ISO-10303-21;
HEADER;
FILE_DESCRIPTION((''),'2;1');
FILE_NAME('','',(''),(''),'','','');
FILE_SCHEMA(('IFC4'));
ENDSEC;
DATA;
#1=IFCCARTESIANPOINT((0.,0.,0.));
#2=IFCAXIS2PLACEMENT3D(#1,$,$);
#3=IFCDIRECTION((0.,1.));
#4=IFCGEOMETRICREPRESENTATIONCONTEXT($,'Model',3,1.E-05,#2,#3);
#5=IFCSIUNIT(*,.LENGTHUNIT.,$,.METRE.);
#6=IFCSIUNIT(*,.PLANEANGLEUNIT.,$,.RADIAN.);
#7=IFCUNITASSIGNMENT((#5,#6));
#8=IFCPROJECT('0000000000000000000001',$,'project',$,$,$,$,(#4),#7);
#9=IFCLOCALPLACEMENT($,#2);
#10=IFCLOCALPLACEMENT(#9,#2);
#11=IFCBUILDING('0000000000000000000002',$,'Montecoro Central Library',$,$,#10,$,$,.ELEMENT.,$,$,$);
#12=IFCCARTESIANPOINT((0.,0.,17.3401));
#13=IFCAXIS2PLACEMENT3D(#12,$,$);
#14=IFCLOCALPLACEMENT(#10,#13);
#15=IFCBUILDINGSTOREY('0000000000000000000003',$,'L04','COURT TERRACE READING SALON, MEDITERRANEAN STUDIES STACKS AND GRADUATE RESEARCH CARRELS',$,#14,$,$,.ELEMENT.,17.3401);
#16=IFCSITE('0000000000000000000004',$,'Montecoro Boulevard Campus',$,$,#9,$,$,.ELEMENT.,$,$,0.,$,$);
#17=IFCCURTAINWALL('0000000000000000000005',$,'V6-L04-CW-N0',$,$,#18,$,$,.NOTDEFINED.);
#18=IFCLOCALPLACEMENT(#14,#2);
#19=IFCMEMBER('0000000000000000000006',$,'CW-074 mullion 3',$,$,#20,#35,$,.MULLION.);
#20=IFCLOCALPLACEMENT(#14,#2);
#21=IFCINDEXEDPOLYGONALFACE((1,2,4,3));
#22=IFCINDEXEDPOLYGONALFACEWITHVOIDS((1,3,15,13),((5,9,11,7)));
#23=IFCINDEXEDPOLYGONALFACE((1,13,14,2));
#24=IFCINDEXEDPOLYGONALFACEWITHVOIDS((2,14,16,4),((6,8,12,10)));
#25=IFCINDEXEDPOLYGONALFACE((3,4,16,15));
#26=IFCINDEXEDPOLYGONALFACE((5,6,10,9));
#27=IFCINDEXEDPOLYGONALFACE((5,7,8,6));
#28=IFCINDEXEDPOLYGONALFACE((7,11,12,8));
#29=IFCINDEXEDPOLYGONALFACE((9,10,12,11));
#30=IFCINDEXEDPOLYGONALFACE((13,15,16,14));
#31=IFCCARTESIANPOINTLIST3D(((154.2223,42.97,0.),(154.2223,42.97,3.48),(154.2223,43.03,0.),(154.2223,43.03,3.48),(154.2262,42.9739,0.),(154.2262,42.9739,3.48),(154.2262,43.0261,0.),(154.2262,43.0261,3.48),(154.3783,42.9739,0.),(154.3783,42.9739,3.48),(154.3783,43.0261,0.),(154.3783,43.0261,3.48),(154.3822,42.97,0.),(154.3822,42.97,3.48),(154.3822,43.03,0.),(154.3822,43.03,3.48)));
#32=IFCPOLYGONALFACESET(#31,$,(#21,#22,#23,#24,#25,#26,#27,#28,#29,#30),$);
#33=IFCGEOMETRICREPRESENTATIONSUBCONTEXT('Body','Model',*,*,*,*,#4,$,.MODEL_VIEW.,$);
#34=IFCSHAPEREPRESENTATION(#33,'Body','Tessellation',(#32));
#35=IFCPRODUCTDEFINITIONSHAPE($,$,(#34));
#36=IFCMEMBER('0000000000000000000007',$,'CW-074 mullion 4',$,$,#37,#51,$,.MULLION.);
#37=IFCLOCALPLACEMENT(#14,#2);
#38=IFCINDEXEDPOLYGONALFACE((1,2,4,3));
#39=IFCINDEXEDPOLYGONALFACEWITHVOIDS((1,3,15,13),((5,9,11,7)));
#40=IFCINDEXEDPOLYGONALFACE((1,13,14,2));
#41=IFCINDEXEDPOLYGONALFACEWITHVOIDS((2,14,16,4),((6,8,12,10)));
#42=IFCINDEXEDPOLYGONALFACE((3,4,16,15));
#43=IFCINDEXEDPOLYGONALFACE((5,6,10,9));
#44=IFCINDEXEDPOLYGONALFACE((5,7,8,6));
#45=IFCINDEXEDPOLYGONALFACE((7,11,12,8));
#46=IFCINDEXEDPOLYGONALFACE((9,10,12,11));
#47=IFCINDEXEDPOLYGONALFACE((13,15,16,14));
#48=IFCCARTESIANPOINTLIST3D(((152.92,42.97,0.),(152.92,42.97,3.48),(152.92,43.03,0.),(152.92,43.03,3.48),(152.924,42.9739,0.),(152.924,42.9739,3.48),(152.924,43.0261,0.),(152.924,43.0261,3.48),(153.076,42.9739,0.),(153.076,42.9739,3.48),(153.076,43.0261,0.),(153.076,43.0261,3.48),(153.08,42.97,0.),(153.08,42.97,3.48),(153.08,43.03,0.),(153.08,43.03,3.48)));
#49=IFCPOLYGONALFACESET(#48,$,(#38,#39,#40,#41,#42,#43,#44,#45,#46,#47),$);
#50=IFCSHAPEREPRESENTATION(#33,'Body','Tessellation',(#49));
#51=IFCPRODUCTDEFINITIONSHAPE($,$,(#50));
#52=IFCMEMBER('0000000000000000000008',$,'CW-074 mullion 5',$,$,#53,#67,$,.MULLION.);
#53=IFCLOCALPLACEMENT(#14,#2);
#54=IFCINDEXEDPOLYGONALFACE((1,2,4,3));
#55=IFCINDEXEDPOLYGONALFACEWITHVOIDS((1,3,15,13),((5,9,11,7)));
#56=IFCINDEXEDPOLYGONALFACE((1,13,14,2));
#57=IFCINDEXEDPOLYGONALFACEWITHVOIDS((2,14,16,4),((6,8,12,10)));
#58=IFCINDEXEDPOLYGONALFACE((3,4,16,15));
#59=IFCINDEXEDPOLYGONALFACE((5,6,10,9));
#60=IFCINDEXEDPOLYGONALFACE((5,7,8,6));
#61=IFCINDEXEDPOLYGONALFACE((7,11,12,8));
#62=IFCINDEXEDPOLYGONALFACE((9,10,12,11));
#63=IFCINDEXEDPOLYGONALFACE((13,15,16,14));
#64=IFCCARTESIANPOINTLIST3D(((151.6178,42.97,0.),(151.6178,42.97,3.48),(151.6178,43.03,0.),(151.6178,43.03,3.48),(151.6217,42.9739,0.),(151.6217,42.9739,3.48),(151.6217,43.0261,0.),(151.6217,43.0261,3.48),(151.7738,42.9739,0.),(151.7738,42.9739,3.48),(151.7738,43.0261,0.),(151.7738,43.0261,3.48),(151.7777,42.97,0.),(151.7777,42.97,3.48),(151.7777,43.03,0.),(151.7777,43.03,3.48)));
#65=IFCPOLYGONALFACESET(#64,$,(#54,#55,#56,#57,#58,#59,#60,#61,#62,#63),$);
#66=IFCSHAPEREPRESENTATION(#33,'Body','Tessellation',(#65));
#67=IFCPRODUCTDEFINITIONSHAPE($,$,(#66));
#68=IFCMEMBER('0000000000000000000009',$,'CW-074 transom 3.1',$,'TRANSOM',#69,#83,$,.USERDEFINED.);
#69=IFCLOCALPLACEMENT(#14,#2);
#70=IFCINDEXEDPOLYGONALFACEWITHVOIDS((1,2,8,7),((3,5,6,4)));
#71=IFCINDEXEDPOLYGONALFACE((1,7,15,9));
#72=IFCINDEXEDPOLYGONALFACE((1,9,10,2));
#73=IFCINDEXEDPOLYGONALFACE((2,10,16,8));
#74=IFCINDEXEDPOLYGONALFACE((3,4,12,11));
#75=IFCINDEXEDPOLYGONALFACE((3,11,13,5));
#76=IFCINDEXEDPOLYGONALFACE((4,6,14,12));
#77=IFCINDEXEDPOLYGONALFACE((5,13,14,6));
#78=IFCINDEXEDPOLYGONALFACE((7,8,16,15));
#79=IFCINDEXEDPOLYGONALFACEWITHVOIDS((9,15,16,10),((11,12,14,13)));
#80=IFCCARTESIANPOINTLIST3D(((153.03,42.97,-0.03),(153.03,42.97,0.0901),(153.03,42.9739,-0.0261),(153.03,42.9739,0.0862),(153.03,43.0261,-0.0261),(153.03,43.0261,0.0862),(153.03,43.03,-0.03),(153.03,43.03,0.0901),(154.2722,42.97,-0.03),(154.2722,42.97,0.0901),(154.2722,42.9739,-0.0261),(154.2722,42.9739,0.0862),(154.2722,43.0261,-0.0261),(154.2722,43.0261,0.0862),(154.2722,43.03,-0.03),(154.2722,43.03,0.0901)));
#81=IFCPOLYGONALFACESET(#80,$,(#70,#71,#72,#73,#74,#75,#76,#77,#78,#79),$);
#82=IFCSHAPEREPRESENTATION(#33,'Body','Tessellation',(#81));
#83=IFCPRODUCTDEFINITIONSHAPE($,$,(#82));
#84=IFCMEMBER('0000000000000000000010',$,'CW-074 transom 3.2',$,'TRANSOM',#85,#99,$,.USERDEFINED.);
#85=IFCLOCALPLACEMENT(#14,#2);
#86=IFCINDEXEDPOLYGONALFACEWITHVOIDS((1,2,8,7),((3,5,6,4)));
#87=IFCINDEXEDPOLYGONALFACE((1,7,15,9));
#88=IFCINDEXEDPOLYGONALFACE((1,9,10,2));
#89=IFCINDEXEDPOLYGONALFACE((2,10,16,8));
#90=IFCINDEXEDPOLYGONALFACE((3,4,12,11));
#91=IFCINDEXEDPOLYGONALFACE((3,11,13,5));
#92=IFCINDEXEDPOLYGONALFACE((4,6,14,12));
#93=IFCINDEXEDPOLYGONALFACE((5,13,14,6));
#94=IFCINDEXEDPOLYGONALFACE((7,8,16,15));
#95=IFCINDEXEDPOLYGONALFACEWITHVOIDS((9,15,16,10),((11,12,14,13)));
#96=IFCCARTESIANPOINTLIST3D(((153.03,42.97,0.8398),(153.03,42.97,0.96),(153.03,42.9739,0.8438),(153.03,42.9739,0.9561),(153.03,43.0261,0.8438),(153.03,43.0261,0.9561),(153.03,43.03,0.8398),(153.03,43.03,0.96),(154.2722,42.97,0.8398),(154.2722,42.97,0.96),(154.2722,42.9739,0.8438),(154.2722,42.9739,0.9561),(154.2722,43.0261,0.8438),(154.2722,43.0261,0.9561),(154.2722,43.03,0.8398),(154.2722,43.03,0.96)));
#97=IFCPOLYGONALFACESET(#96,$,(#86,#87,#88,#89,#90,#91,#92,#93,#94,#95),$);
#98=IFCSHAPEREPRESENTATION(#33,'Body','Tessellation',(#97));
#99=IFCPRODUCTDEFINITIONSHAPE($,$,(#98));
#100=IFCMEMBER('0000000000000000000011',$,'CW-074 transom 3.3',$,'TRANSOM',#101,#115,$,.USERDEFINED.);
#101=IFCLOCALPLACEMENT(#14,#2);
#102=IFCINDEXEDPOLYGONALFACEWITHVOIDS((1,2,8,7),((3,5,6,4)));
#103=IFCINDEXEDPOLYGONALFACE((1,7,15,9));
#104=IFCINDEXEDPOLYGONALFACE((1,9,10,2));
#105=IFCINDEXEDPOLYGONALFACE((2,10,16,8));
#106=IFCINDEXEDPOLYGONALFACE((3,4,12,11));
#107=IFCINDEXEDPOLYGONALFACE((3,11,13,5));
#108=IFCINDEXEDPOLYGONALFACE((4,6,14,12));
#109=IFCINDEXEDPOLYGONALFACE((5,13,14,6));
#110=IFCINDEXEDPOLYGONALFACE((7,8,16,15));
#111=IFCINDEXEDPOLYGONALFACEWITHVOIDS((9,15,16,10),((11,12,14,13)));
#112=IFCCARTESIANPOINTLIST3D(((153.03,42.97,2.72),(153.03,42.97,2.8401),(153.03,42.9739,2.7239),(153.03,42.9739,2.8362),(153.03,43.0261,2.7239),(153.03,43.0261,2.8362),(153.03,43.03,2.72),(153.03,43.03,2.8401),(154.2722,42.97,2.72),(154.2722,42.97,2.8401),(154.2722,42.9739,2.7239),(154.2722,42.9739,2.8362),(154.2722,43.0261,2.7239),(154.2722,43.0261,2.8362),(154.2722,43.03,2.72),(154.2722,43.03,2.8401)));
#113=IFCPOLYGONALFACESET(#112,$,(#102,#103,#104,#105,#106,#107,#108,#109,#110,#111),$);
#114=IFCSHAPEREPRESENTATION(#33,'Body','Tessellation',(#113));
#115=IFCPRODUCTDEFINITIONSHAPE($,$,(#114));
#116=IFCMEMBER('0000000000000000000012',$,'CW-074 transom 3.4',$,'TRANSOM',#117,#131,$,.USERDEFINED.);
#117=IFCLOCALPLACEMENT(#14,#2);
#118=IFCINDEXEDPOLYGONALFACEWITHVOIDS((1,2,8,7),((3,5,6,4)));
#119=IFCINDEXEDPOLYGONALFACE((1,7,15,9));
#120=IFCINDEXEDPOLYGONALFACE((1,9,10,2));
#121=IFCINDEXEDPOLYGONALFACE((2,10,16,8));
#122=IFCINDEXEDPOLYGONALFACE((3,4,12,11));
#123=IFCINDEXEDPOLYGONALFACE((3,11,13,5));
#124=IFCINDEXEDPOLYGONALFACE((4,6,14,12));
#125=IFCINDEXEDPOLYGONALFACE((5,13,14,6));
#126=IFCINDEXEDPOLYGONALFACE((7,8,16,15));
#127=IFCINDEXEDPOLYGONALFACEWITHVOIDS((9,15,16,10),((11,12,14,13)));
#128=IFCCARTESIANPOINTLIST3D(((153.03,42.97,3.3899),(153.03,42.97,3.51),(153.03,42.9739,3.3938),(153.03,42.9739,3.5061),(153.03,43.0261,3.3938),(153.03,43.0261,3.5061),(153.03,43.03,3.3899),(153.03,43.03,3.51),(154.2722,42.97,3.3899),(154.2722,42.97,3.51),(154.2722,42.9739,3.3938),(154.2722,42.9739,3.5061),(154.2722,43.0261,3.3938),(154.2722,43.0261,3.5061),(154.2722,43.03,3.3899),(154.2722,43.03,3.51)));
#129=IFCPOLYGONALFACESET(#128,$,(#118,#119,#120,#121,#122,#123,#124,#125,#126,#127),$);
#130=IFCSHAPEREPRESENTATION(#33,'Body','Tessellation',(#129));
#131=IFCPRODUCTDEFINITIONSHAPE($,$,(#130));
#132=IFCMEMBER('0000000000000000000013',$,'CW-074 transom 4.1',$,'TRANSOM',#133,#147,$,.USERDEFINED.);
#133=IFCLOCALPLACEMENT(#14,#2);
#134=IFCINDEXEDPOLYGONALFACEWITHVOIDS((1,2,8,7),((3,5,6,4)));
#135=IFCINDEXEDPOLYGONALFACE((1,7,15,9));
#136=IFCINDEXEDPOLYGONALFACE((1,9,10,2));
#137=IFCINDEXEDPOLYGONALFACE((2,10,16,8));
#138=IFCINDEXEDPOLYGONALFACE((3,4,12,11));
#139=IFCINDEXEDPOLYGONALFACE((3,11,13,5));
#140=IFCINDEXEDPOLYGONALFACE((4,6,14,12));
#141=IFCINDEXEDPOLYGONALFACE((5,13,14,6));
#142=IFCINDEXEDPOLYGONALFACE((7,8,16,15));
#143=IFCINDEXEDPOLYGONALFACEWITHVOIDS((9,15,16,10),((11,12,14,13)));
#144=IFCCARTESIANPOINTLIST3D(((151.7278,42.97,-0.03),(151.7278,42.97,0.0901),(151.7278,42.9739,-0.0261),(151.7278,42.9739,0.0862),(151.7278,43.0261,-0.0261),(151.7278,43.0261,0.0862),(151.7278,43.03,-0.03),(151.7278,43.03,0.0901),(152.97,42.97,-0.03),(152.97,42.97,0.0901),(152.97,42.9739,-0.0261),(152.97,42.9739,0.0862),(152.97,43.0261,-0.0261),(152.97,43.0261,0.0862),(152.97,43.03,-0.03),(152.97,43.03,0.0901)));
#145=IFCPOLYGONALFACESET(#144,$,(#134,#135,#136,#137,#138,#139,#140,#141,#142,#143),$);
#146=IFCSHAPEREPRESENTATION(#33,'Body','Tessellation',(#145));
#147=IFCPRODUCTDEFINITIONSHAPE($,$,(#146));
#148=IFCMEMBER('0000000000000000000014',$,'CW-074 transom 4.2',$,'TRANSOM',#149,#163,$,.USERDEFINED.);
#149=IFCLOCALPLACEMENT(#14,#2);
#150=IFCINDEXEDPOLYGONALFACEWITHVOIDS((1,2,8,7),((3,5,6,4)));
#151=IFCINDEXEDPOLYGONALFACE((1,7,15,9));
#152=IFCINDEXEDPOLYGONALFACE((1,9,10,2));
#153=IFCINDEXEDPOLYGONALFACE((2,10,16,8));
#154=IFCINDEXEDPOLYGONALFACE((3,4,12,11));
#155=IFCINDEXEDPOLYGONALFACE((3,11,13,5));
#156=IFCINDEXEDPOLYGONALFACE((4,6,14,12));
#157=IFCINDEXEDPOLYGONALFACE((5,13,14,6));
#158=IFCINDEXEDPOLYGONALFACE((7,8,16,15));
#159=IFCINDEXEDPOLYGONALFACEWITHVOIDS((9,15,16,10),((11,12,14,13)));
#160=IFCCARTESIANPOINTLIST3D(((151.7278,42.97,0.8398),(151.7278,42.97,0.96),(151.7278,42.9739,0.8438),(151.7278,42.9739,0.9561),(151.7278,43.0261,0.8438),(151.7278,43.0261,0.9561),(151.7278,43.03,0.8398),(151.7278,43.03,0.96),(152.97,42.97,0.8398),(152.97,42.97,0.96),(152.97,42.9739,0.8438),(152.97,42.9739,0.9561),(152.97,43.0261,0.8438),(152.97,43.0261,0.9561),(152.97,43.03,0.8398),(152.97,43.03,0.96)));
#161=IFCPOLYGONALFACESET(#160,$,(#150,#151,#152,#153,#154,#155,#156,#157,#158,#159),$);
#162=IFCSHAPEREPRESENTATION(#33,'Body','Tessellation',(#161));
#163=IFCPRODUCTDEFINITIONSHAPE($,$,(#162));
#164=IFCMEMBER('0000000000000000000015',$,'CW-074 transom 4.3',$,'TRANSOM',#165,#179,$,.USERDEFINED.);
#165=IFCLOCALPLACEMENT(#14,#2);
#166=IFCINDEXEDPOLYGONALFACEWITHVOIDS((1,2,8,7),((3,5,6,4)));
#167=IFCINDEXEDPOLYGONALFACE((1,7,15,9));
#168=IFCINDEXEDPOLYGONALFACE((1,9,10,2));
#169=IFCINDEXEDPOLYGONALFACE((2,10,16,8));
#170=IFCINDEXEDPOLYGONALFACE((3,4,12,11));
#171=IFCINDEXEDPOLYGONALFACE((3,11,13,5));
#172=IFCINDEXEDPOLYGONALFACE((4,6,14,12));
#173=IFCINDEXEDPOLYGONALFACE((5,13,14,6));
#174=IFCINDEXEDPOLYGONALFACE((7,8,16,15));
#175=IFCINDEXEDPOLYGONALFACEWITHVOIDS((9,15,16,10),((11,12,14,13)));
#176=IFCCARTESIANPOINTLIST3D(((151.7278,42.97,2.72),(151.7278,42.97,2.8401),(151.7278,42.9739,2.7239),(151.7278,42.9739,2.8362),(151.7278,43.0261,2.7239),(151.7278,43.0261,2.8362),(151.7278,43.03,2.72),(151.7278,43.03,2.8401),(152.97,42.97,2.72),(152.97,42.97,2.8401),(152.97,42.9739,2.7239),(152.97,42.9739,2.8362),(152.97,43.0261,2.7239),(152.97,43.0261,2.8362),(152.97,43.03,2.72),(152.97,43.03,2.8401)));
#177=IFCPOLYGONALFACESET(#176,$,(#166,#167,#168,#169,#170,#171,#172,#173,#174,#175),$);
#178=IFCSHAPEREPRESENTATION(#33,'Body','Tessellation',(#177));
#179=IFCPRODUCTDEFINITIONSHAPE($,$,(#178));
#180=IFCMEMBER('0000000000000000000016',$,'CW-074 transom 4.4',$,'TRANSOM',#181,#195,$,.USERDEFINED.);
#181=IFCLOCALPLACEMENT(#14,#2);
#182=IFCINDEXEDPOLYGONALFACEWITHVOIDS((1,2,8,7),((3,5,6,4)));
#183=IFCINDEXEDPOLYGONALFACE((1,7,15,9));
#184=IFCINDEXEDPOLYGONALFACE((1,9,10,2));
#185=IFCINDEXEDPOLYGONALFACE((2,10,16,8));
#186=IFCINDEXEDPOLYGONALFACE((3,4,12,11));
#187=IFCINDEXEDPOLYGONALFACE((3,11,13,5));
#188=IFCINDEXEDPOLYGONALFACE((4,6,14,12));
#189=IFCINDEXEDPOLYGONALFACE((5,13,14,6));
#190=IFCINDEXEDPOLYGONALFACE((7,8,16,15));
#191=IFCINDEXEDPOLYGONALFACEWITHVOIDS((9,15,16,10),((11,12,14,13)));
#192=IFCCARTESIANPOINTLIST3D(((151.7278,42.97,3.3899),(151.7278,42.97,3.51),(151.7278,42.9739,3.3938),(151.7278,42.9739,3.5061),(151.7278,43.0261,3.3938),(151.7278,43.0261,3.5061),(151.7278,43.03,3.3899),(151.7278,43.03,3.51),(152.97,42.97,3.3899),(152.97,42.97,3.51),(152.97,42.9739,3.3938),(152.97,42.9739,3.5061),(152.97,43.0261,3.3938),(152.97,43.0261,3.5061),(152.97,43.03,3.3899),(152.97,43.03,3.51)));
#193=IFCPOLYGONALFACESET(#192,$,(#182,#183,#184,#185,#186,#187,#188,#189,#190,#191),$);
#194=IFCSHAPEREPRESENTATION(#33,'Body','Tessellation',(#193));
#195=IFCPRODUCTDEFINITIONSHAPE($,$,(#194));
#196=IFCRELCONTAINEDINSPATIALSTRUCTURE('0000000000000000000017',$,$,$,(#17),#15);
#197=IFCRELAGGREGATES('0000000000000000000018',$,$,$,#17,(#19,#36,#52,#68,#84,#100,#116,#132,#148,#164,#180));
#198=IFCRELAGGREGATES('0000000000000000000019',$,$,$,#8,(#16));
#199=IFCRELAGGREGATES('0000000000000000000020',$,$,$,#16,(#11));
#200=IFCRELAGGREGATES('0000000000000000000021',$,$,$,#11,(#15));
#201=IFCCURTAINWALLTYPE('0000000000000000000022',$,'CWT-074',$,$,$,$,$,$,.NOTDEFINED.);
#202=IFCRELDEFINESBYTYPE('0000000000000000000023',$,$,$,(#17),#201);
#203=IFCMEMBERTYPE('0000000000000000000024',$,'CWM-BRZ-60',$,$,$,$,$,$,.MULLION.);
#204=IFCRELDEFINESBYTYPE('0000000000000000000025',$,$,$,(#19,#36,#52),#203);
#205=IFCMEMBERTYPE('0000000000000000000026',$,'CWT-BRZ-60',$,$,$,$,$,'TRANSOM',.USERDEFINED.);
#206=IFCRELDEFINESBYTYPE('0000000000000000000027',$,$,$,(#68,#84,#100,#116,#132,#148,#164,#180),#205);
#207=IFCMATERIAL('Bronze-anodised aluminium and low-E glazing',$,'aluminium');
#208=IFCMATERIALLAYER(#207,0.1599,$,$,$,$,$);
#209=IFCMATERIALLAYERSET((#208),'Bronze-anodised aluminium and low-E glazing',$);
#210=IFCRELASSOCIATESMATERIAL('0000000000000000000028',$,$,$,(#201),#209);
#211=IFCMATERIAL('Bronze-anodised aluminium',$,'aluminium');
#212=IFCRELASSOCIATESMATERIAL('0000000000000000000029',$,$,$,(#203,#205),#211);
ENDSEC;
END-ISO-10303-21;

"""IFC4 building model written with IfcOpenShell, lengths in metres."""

from ifc_helpers import new_model, si_unit, direction, frame, origin, origin_2d, place, context, subcontext, project, spatial, hollow_rectangle, extrude, material, layer, layer_set, material_profile, profile_set, type_object, element, aggregate, save


model = new_model("IFC4")

# Units and contexts
model_context = context("Model", 3, precision=1e-05, world=origin(), true_north=direction((0.0, 1.0)))
body_context = subcontext(model_context, "Body", "Model", "MODEL_VIEW")
ifc_project = project(units=[si_unit("LENGTHUNIT", "METRE"), si_unit("PLANEANGLEUNIT", "RADIAN")], contexts=[model_context])

# Site, building, storey
site_placement = place(None, origin())
site = spatial("IfcSite", under=ifc_project, at=site_placement, Name="Montecoro Boulevard Campus", CompositionType="ELEMENT", RefElevation=0.0)
building_placement = place(site_placement, origin())
building = spatial("IfcBuilding", under=site, at=building_placement, Name="Montecoro Central Library", CompositionType="ELEMENT")
storey_placement = place(building_placement, frame((0.0, 0.0, 17.3401)))
storey = spatial("IfcBuildingStorey", under=building, at=storey_placement, Name="L04", Description="COURT TERRACE READING SALON, MEDITERRANEAN STUDIES STACKS AND GRADUATE RESEARCH CARRELS", CompositionType="ELEMENT", Elevation=17.3401)

# Curtain wall, members
ifc_material_1 = material(Name="Bronze-anodised aluminium and low-E glazing", Category="aluminium")
ifc_layer_1 = layer(ifc_material_1, 0.1599)
ifc_layer_set_1 = layer_set([ifc_layer_1], Name="Bronze-anodised aluminium and low-E glazing")
curtain_wall_type = type_object("IfcCurtainWallType", Name="CWT-074", PredefinedType="NOTDEFINED", material=ifc_layer_set_1)
curtain_wall_placement = place(storey_placement, origin())
curtain_wall = element("IfcCurtainWall", 1, at=curtain_wall_placement, inside=storey, type_object=curtain_wall_type, Name="V6-L04-CW-N0", PredefinedType="NOTDEFINED")
ifc_material_2 = material(Name="Bronze-anodised aluminium", Category="aluminium")
ifc_material_profile_1 = material_profile(ifc_material_2, hollow_rectangle(XDim=0.0601, YDim=0.1599, WallThickness=0.0039, at=origin_2d()), Name="CWM 160x60x4.0")
ifc_profile_set_1 = profile_set([ifc_material_profile_1], Name="Bronze-anodised aluminium")
member_type_1 = type_object("IfcMemberType", Name="CWM-BRZ-60", PredefinedType="MULLION", material=ifc_profile_set_1)
member_1_placement = place(storey_placement, frame((154.3022, 43.0, 0.0), z_axis=(0.0, 0.0, 1.0), x_axis=(0.0, -1.0, 0.0)))
member_1 = element("IfcMember", 2, at=member_1_placement, type_object=member_type_1, Name="CW-074 mullion 3", PredefinedType="MULLION", context=body_context, shape_type="SweptSolid", body=[
    extrude(hollow_rectangle(XDim=0.0601, YDim=0.1599, WallThickness=0.0039, at=origin_2d()), origin(), (0.0, 0.0, 1.0), 3.48),
])
member_2_placement = place(storey_placement, frame((153.0, 43.0, 0.0), z_axis=(0.0, 0.0, 1.0), x_axis=(0.0, -1.0, 0.0)))
member_2 = element("IfcMember", 3, at=member_2_placement, type_object=member_type_1, Name="CW-074 mullion 4", PredefinedType="MULLION", context=body_context, shape_type="SweptSolid", body=[
    extrude(hollow_rectangle(XDim=0.0601, YDim=0.1599, WallThickness=0.0039, at=origin_2d()), origin(), (0.0, 0.0, 1.0), 3.48),
])
member_3_placement = place(storey_placement, frame((151.6978, 43.0, 0.0), z_axis=(0.0, 0.0, 1.0), x_axis=(0.0, -1.0, 0.0)))
member_3 = element("IfcMember", 4, at=member_3_placement, type_object=member_type_1, Name="CW-074 mullion 5", PredefinedType="MULLION", context=body_context, shape_type="SweptSolid", body=[
    extrude(hollow_rectangle(XDim=0.0601, YDim=0.1599, WallThickness=0.0039, at=origin_2d()), origin(), (0.0, 0.0, 1.0), 3.48),
])
ifc_material_profile_2 = material_profile(ifc_material_2, hollow_rectangle(XDim=0.0601, YDim=0.1201, WallThickness=0.0039, at=origin_2d()), Name="CWT 120x60x4.0")
ifc_profile_set_2 = profile_set([ifc_material_profile_2], Name="Bronze-anodised aluminium")
member_type_2 = type_object("IfcMemberType", Name="CWT-BRZ-60", ElementType="TRANSOM", PredefinedType="USERDEFINED", material=ifc_profile_set_2)
member_4_placement = place(storey_placement, frame((154.2722, 43.0, 0.03), z_axis=(-1.0, 0.0, 0.0), x_axis=(0.0, -1.0, 0.0)))
member_4 = element("IfcMember", 5, at=member_4_placement, type_object=member_type_2, Name="CW-074 transom 3.1", ObjectType="TRANSOM", PredefinedType="USERDEFINED", context=body_context, shape_type="SweptSolid", body=[
    extrude(hollow_rectangle(XDim=0.0601, YDim=0.1201, WallThickness=0.0039, at=origin_2d()), origin(), (0.0, 0.0, 1.0), 1.2422),
])
member_5_placement = place(storey_placement, frame((154.2722, 43.0, 0.8999), z_axis=(-1.0, 0.0, 0.0), x_axis=(0.0, -1.0, 0.0)))
member_5 = element("IfcMember", 6, at=member_5_placement, type_object=member_type_2, Name="CW-074 transom 3.2", ObjectType="TRANSOM", PredefinedType="USERDEFINED", context=body_context, shape_type="SweptSolid", body=[
    extrude(hollow_rectangle(XDim=0.0601, YDim=0.1201, WallThickness=0.0039, at=origin_2d()), origin(), (0.0, 0.0, 1.0), 1.2422),
])
member_6_placement = place(storey_placement, frame((154.2722, 43.0, 2.78), z_axis=(-1.0, 0.0, 0.0), x_axis=(0.0, -1.0, 0.0)))
member_6 = element("IfcMember", 7, at=member_6_placement, type_object=member_type_2, Name="CW-074 transom 3.3", ObjectType="TRANSOM", PredefinedType="USERDEFINED", context=body_context, shape_type="SweptSolid", body=[
    extrude(hollow_rectangle(XDim=0.0601, YDim=0.1201, WallThickness=0.0039, at=origin_2d()), origin(), (0.0, 0.0, 1.0), 1.2422),
])
member_7_placement = place(storey_placement, frame((154.2722, 43.0, 3.45), z_axis=(-1.0, 0.0, 0.0), x_axis=(0.0, -1.0, 0.0)))
member_7 = element("IfcMember", 8, at=member_7_placement, type_object=member_type_2, Name="CW-074 transom 3.4", ObjectType="TRANSOM", PredefinedType="USERDEFINED", context=body_context, shape_type="SweptSolid", body=[
    extrude(hollow_rectangle(XDim=0.0601, YDim=0.1201, WallThickness=0.0039, at=origin_2d()), origin(), (0.0, 0.0, 1.0), 1.2422),
])
member_8_placement = place(storey_placement, frame((152.97, 43.0, 0.03), z_axis=(-1.0, 0.0, 0.0), x_axis=(0.0, -1.0, 0.0)))
member_8 = element("IfcMember", 9, at=member_8_placement, type_object=member_type_2, Name="CW-074 transom 4.1", ObjectType="TRANSOM", PredefinedType="USERDEFINED", context=body_context, shape_type="SweptSolid", body=[
    extrude(hollow_rectangle(XDim=0.0601, YDim=0.1201, WallThickness=0.0039, at=origin_2d()), origin(), (0.0, 0.0, 1.0), 1.2422),
])
member_9_placement = place(storey_placement, frame((152.97, 43.0, 0.8999), z_axis=(-1.0, 0.0, 0.0), x_axis=(0.0, -1.0, 0.0)))
member_9 = element("IfcMember", 10, at=member_9_placement, type_object=member_type_2, Name="CW-074 transom 4.2", ObjectType="TRANSOM", PredefinedType="USERDEFINED", context=body_context, shape_type="SweptSolid", body=[
    extrude(hollow_rectangle(XDim=0.0601, YDim=0.1201, WallThickness=0.0039, at=origin_2d()), origin(), (0.0, 0.0, 1.0), 1.2422),
])
member_10_placement = place(storey_placement, frame((152.97, 43.0, 2.78), z_axis=(-1.0, 0.0, 0.0), x_axis=(0.0, -1.0, 0.0)))
member_10 = element("IfcMember", 11, at=member_10_placement, type_object=member_type_2, Name="CW-074 transom 4.3", ObjectType="TRANSOM", PredefinedType="USERDEFINED", context=body_context, shape_type="SweptSolid", body=[
    extrude(hollow_rectangle(XDim=0.0601, YDim=0.1201, WallThickness=0.0039, at=origin_2d()), origin(), (0.0, 0.0, 1.0), 1.2422),
])
member_11_placement = place(storey_placement, frame((152.97, 43.0, 3.45), z_axis=(-1.0, 0.0, 0.0), x_axis=(0.0, -1.0, 0.0)))
member_11 = element("IfcMember", 12, at=member_11_placement, type_object=member_type_2, Name="CW-074 transom 4.4", ObjectType="TRANSOM", PredefinedType="USERDEFINED", context=body_context, shape_type="SweptSolid", body=[
    extrude(hollow_rectangle(XDim=0.0601, YDim=0.1201, WallThickness=0.0039, at=origin_2d()), origin(), (0.0, 0.0, 1.0), 1.2422),
])
aggregate(curtain_wall, [member_1, member_2, member_3, member_4, member_5, member_6, member_7, member_8, member_9, member_10, member_11])

save(model, "model.ifc")
